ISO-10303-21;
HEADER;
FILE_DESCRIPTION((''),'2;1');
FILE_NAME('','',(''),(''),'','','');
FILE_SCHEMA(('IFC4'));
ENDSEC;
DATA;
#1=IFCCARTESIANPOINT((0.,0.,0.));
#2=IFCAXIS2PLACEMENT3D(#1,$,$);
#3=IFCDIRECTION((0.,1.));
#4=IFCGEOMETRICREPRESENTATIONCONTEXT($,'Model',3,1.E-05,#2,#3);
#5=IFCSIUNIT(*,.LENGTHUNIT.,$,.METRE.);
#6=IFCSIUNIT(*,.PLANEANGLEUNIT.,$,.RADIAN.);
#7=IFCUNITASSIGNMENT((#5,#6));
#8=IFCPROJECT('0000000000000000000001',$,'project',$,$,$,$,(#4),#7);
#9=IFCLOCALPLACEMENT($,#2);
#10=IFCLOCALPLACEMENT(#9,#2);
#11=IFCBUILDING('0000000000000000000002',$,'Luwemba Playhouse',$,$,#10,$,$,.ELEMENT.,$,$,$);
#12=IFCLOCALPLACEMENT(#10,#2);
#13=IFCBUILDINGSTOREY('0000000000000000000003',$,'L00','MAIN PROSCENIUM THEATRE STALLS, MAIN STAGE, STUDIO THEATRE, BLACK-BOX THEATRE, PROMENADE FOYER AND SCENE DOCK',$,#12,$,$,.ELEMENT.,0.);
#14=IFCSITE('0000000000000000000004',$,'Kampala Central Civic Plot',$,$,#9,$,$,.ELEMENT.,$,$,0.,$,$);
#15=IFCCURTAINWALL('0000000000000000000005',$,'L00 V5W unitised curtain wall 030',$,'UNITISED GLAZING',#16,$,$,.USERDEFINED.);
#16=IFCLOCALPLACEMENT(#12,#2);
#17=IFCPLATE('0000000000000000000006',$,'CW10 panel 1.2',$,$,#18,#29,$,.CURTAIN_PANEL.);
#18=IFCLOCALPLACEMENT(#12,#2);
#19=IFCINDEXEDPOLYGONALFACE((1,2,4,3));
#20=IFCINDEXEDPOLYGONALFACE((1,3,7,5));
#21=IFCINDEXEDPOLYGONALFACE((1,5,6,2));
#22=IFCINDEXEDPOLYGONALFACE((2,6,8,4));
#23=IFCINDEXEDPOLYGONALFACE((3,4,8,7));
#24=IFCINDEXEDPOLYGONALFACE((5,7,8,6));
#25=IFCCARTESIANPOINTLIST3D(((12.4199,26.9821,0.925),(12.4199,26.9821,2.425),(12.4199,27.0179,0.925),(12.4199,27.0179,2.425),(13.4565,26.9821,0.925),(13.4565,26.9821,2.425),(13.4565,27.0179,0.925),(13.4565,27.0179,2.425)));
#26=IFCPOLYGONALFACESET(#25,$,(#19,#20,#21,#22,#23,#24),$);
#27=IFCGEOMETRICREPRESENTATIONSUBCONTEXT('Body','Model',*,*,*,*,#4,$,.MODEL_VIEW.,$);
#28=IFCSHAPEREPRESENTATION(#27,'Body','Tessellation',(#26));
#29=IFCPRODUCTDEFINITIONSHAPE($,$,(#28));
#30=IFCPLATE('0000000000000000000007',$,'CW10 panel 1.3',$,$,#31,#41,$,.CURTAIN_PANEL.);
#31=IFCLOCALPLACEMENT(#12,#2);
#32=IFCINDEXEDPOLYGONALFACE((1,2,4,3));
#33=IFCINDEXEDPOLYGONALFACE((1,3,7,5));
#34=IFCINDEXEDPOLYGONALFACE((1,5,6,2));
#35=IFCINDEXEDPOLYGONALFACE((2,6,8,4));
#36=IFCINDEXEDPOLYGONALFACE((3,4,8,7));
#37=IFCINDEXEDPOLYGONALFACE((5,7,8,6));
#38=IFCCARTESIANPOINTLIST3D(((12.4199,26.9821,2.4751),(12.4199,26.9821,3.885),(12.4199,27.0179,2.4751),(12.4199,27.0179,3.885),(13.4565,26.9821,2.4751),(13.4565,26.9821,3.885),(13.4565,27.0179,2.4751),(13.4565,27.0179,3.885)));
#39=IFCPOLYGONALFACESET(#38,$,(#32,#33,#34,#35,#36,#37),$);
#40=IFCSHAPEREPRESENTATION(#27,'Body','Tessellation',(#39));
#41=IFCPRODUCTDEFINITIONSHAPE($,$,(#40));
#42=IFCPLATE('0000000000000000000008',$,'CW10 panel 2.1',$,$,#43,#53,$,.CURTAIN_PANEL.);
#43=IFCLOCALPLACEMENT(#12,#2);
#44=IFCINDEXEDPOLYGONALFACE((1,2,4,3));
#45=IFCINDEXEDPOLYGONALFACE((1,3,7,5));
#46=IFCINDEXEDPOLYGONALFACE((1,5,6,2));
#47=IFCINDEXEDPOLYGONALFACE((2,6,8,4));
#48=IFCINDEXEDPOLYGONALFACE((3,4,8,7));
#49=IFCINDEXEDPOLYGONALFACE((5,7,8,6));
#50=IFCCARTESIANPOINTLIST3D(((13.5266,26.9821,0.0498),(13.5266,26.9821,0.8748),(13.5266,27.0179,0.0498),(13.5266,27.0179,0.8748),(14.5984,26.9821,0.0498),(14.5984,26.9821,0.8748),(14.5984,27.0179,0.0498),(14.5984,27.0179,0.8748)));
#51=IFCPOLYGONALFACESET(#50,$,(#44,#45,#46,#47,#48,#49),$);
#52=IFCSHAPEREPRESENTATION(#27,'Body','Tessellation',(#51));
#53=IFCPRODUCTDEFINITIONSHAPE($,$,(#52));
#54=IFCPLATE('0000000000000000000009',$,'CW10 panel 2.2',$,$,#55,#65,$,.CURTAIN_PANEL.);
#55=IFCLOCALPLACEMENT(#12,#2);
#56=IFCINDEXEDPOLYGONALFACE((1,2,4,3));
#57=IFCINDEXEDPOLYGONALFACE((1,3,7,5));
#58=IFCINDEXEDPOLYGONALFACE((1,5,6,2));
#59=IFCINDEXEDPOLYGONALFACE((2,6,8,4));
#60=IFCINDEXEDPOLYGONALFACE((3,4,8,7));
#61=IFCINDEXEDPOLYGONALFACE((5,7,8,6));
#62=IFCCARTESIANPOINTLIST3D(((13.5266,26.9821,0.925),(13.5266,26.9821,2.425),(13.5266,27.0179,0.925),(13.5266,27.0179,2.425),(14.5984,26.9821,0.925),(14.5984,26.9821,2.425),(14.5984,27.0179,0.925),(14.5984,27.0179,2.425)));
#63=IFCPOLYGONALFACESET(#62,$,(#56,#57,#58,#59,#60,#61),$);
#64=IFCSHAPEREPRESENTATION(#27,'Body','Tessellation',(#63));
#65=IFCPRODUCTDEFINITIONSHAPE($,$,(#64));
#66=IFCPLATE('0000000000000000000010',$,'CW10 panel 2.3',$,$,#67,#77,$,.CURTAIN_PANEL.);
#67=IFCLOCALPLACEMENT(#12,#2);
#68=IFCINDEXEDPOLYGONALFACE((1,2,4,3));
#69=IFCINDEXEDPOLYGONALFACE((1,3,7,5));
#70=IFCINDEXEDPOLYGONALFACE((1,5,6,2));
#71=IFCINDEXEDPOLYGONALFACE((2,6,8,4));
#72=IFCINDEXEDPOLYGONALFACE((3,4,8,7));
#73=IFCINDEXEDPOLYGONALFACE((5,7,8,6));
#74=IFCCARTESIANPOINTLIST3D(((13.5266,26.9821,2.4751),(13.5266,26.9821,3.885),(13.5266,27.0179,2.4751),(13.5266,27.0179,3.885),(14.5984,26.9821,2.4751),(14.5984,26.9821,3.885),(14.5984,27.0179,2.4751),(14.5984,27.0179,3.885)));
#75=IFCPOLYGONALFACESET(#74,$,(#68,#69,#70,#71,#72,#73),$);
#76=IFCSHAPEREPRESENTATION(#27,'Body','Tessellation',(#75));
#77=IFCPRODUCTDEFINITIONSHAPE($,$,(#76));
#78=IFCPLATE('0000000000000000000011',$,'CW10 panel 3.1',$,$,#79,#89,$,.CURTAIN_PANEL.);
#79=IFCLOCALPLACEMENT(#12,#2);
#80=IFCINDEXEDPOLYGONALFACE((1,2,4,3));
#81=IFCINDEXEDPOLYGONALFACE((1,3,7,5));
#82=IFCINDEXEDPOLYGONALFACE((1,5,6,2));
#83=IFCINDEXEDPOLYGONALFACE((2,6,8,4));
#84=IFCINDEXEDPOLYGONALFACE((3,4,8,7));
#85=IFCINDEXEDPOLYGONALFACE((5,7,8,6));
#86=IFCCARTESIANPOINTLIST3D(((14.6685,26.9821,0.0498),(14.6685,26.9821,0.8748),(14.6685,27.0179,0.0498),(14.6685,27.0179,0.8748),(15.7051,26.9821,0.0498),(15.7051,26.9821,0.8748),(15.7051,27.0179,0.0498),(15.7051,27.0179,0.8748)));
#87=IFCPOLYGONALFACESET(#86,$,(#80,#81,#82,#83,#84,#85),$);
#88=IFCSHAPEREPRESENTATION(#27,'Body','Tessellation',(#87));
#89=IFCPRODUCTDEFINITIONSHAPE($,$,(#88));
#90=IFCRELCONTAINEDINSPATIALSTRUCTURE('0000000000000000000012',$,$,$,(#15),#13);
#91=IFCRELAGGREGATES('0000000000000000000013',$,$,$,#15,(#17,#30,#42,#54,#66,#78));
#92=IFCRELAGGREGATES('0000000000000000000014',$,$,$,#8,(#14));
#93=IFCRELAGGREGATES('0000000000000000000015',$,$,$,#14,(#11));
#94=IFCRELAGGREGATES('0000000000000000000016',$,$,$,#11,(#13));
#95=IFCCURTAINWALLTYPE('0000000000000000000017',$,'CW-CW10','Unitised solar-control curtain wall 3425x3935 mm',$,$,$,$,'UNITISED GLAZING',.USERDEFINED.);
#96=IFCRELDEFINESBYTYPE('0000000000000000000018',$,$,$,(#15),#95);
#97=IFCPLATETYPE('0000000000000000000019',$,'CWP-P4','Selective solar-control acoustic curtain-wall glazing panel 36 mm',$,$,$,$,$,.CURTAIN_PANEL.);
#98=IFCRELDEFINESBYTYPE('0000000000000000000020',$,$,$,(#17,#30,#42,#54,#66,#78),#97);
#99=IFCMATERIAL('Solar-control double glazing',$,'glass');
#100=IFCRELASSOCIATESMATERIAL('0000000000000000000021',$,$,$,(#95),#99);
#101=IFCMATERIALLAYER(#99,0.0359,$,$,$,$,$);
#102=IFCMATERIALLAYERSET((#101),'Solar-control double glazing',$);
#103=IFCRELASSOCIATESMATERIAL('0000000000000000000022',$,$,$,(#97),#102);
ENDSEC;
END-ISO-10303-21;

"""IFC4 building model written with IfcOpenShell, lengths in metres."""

from ifc_helpers import new_model, si_unit, direction, frame, origin, origin_2d, place, context, subcontext, project, spatial, rectangle, extrude, material, layer, layer_set, type_object, element, aggregate, save


model = new_model("IFC4")

# Units and contexts
model_context = context("Model", 3, precision=1e-05, world=origin(), true_north=direction((0.0, 1.0)))
body_context = subcontext(model_context, "Body", "Model", "MODEL_VIEW")
ifc_project = project(units=[si_unit("LENGTHUNIT", "METRE"), si_unit("PLANEANGLEUNIT", "RADIAN")], contexts=[model_context])

# Site, building, storey
site_placement = place(None, origin())
site = spatial("IfcSite", under=ifc_project, at=site_placement, Name="Kampala Central Civic Plot", CompositionType="ELEMENT", RefElevation=0.0)
building_placement = place(site_placement, origin())
building = spatial("IfcBuilding", under=site, at=building_placement, Name="Luwemba Playhouse", CompositionType="ELEMENT")
storey_placement = place(building_placement, origin())
storey = spatial("IfcBuildingStorey", under=building, at=storey_placement, Name="L00", Description="MAIN PROSCENIUM THEATRE STALLS, MAIN STAGE, STUDIO THEATRE, BLACK-BOX THEATRE, PROMENADE FOYER AND SCENE DOCK", CompositionType="ELEMENT", Elevation=0.0)

# Shared definitions
ifc_material_1 = material(Name="Solar-control double glazing", Category="glass")

# Curtain wall
curtain_wall_type_1 = type_object("IfcCurtainWallType", Name="CW-CW10", Description="Unitised solar-control curtain wall 3425x3935 mm", ElementType="UNITISED GLAZING", PredefinedType="USERDEFINED", material=ifc_material_1)
curtain_wall_1_placement = place(storey_placement, origin())
curtain_wall_1 = element("IfcCurtainWall", 1, at=curtain_wall_1_placement, inside=storey, type_object=curtain_wall_type_1, Name="L00 V5W unitised curtain wall 030", ObjectType="UNITISED GLAZING", PredefinedType="USERDEFINED")

# Plates
ifc_layer_1 = layer(ifc_material_1, 0.0359)
ifc_layer_set_1 = layer_set([ifc_layer_1], Name="Solar-control double glazing")
plate_type_1 = type_object("IfcPlateType", Name="CWP-P4", Description="Selective solar-control acoustic curtain-wall glazing panel 36 mm", PredefinedType="CURTAIN_PANEL", material=ifc_layer_set_1)
plate_1_placement = place(storey_placement, frame((12.9382, 27.0, 0.925), z_axis=(0.0, 0.0, 1.0), x_axis=(1.0, 0.0, 0.0)))
plate_1 = element("IfcPlate", 2, at=plate_1_placement, type_object=plate_type_1, Name="CW10 panel 1.2", PredefinedType="CURTAIN_PANEL", context=body_context, shape_type="SweptSolid", body=[
    extrude(rectangle(XDim=1.0366, YDim=0.0359, at=origin_2d()), origin(), (0.0, 0.0, 1.0), 1.5),
])
plate_2_placement = place(storey_placement, frame((12.9382, 27.0, 2.4751), z_axis=(0.0, 0.0, 1.0), x_axis=(1.0, 0.0, 0.0)))
plate_2 = element("IfcPlate", 3, at=plate_2_placement, type_object=plate_type_1, Name="CW10 panel 1.3", PredefinedType="CURTAIN_PANEL", context=body_context, shape_type="SweptSolid", body=[
    extrude(rectangle(XDim=1.0366, YDim=0.0359, at=origin_2d()), origin(), (0.0, 0.0, 1.0), 1.4099),
])
plate_3_placement = place(storey_placement, frame((14.0625, 27.0, 0.0498), z_axis=(0.0, 0.0, 1.0), x_axis=(1.0, 0.0, 0.0)))
plate_3 = element("IfcPlate", 4, at=plate_3_placement, type_object=plate_type_1, Name="CW10 panel 2.1", PredefinedType="CURTAIN_PANEL", context=body_context, shape_type="SweptSolid", body=[
    extrude(rectangle(XDim=1.0718, YDim=0.0359, at=origin_2d()), origin(), (0.0, 0.0, 1.0), 0.825),
])
plate_4_placement = place(storey_placement, frame((14.0625, 27.0, 0.925), z_axis=(0.0, 0.0, 1.0), x_axis=(1.0, 0.0, 0.0)))
plate_4 = element("IfcPlate", 5, at=plate_4_placement, type_object=plate_type_1, Name="CW10 panel 2.2", PredefinedType="CURTAIN_PANEL", context=body_context, shape_type="SweptSolid", body=[
    extrude(rectangle(XDim=1.0718, YDim=0.0359, at=origin_2d()), origin(), (0.0, 0.0, 1.0), 1.5),
])
plate_5_placement = place(storey_placement, frame((14.0625, 27.0, 2.4751), z_axis=(0.0, 0.0, 1.0), x_axis=(1.0, 0.0, 0.0)))
plate_5 = element("IfcPlate", 6, at=plate_5_placement, type_object=plate_type_1, Name="CW10 panel 2.3", PredefinedType="CURTAIN_PANEL", context=body_context, shape_type="SweptSolid", body=[
    extrude(rectangle(XDim=1.0718, YDim=0.0359, at=origin_2d()), origin(), (0.0, 0.0, 1.0), 1.4099),
])
plate_6_placement = place(storey_placement, frame((15.1868, 27.0, 0.0498), z_axis=(0.0, 0.0, 1.0), x_axis=(1.0, 0.0, 0.0)))
plate_6 = element("IfcPlate", 7, at=plate_6_placement, type_object=plate_type_1, Name="CW10 panel 3.1", PredefinedType="CURTAIN_PANEL", context=body_context, shape_type="SweptSolid", body=[
    extrude(rectangle(XDim=1.0366, YDim=0.0359, at=origin_2d()), origin(), (0.0, 0.0, 1.0), 0.825),
])
aggregate(curtain_wall_1, [plate_1, plate_2, plate_3, plate_4, plate_5, plate_6])

save(model, "model.ifc")
